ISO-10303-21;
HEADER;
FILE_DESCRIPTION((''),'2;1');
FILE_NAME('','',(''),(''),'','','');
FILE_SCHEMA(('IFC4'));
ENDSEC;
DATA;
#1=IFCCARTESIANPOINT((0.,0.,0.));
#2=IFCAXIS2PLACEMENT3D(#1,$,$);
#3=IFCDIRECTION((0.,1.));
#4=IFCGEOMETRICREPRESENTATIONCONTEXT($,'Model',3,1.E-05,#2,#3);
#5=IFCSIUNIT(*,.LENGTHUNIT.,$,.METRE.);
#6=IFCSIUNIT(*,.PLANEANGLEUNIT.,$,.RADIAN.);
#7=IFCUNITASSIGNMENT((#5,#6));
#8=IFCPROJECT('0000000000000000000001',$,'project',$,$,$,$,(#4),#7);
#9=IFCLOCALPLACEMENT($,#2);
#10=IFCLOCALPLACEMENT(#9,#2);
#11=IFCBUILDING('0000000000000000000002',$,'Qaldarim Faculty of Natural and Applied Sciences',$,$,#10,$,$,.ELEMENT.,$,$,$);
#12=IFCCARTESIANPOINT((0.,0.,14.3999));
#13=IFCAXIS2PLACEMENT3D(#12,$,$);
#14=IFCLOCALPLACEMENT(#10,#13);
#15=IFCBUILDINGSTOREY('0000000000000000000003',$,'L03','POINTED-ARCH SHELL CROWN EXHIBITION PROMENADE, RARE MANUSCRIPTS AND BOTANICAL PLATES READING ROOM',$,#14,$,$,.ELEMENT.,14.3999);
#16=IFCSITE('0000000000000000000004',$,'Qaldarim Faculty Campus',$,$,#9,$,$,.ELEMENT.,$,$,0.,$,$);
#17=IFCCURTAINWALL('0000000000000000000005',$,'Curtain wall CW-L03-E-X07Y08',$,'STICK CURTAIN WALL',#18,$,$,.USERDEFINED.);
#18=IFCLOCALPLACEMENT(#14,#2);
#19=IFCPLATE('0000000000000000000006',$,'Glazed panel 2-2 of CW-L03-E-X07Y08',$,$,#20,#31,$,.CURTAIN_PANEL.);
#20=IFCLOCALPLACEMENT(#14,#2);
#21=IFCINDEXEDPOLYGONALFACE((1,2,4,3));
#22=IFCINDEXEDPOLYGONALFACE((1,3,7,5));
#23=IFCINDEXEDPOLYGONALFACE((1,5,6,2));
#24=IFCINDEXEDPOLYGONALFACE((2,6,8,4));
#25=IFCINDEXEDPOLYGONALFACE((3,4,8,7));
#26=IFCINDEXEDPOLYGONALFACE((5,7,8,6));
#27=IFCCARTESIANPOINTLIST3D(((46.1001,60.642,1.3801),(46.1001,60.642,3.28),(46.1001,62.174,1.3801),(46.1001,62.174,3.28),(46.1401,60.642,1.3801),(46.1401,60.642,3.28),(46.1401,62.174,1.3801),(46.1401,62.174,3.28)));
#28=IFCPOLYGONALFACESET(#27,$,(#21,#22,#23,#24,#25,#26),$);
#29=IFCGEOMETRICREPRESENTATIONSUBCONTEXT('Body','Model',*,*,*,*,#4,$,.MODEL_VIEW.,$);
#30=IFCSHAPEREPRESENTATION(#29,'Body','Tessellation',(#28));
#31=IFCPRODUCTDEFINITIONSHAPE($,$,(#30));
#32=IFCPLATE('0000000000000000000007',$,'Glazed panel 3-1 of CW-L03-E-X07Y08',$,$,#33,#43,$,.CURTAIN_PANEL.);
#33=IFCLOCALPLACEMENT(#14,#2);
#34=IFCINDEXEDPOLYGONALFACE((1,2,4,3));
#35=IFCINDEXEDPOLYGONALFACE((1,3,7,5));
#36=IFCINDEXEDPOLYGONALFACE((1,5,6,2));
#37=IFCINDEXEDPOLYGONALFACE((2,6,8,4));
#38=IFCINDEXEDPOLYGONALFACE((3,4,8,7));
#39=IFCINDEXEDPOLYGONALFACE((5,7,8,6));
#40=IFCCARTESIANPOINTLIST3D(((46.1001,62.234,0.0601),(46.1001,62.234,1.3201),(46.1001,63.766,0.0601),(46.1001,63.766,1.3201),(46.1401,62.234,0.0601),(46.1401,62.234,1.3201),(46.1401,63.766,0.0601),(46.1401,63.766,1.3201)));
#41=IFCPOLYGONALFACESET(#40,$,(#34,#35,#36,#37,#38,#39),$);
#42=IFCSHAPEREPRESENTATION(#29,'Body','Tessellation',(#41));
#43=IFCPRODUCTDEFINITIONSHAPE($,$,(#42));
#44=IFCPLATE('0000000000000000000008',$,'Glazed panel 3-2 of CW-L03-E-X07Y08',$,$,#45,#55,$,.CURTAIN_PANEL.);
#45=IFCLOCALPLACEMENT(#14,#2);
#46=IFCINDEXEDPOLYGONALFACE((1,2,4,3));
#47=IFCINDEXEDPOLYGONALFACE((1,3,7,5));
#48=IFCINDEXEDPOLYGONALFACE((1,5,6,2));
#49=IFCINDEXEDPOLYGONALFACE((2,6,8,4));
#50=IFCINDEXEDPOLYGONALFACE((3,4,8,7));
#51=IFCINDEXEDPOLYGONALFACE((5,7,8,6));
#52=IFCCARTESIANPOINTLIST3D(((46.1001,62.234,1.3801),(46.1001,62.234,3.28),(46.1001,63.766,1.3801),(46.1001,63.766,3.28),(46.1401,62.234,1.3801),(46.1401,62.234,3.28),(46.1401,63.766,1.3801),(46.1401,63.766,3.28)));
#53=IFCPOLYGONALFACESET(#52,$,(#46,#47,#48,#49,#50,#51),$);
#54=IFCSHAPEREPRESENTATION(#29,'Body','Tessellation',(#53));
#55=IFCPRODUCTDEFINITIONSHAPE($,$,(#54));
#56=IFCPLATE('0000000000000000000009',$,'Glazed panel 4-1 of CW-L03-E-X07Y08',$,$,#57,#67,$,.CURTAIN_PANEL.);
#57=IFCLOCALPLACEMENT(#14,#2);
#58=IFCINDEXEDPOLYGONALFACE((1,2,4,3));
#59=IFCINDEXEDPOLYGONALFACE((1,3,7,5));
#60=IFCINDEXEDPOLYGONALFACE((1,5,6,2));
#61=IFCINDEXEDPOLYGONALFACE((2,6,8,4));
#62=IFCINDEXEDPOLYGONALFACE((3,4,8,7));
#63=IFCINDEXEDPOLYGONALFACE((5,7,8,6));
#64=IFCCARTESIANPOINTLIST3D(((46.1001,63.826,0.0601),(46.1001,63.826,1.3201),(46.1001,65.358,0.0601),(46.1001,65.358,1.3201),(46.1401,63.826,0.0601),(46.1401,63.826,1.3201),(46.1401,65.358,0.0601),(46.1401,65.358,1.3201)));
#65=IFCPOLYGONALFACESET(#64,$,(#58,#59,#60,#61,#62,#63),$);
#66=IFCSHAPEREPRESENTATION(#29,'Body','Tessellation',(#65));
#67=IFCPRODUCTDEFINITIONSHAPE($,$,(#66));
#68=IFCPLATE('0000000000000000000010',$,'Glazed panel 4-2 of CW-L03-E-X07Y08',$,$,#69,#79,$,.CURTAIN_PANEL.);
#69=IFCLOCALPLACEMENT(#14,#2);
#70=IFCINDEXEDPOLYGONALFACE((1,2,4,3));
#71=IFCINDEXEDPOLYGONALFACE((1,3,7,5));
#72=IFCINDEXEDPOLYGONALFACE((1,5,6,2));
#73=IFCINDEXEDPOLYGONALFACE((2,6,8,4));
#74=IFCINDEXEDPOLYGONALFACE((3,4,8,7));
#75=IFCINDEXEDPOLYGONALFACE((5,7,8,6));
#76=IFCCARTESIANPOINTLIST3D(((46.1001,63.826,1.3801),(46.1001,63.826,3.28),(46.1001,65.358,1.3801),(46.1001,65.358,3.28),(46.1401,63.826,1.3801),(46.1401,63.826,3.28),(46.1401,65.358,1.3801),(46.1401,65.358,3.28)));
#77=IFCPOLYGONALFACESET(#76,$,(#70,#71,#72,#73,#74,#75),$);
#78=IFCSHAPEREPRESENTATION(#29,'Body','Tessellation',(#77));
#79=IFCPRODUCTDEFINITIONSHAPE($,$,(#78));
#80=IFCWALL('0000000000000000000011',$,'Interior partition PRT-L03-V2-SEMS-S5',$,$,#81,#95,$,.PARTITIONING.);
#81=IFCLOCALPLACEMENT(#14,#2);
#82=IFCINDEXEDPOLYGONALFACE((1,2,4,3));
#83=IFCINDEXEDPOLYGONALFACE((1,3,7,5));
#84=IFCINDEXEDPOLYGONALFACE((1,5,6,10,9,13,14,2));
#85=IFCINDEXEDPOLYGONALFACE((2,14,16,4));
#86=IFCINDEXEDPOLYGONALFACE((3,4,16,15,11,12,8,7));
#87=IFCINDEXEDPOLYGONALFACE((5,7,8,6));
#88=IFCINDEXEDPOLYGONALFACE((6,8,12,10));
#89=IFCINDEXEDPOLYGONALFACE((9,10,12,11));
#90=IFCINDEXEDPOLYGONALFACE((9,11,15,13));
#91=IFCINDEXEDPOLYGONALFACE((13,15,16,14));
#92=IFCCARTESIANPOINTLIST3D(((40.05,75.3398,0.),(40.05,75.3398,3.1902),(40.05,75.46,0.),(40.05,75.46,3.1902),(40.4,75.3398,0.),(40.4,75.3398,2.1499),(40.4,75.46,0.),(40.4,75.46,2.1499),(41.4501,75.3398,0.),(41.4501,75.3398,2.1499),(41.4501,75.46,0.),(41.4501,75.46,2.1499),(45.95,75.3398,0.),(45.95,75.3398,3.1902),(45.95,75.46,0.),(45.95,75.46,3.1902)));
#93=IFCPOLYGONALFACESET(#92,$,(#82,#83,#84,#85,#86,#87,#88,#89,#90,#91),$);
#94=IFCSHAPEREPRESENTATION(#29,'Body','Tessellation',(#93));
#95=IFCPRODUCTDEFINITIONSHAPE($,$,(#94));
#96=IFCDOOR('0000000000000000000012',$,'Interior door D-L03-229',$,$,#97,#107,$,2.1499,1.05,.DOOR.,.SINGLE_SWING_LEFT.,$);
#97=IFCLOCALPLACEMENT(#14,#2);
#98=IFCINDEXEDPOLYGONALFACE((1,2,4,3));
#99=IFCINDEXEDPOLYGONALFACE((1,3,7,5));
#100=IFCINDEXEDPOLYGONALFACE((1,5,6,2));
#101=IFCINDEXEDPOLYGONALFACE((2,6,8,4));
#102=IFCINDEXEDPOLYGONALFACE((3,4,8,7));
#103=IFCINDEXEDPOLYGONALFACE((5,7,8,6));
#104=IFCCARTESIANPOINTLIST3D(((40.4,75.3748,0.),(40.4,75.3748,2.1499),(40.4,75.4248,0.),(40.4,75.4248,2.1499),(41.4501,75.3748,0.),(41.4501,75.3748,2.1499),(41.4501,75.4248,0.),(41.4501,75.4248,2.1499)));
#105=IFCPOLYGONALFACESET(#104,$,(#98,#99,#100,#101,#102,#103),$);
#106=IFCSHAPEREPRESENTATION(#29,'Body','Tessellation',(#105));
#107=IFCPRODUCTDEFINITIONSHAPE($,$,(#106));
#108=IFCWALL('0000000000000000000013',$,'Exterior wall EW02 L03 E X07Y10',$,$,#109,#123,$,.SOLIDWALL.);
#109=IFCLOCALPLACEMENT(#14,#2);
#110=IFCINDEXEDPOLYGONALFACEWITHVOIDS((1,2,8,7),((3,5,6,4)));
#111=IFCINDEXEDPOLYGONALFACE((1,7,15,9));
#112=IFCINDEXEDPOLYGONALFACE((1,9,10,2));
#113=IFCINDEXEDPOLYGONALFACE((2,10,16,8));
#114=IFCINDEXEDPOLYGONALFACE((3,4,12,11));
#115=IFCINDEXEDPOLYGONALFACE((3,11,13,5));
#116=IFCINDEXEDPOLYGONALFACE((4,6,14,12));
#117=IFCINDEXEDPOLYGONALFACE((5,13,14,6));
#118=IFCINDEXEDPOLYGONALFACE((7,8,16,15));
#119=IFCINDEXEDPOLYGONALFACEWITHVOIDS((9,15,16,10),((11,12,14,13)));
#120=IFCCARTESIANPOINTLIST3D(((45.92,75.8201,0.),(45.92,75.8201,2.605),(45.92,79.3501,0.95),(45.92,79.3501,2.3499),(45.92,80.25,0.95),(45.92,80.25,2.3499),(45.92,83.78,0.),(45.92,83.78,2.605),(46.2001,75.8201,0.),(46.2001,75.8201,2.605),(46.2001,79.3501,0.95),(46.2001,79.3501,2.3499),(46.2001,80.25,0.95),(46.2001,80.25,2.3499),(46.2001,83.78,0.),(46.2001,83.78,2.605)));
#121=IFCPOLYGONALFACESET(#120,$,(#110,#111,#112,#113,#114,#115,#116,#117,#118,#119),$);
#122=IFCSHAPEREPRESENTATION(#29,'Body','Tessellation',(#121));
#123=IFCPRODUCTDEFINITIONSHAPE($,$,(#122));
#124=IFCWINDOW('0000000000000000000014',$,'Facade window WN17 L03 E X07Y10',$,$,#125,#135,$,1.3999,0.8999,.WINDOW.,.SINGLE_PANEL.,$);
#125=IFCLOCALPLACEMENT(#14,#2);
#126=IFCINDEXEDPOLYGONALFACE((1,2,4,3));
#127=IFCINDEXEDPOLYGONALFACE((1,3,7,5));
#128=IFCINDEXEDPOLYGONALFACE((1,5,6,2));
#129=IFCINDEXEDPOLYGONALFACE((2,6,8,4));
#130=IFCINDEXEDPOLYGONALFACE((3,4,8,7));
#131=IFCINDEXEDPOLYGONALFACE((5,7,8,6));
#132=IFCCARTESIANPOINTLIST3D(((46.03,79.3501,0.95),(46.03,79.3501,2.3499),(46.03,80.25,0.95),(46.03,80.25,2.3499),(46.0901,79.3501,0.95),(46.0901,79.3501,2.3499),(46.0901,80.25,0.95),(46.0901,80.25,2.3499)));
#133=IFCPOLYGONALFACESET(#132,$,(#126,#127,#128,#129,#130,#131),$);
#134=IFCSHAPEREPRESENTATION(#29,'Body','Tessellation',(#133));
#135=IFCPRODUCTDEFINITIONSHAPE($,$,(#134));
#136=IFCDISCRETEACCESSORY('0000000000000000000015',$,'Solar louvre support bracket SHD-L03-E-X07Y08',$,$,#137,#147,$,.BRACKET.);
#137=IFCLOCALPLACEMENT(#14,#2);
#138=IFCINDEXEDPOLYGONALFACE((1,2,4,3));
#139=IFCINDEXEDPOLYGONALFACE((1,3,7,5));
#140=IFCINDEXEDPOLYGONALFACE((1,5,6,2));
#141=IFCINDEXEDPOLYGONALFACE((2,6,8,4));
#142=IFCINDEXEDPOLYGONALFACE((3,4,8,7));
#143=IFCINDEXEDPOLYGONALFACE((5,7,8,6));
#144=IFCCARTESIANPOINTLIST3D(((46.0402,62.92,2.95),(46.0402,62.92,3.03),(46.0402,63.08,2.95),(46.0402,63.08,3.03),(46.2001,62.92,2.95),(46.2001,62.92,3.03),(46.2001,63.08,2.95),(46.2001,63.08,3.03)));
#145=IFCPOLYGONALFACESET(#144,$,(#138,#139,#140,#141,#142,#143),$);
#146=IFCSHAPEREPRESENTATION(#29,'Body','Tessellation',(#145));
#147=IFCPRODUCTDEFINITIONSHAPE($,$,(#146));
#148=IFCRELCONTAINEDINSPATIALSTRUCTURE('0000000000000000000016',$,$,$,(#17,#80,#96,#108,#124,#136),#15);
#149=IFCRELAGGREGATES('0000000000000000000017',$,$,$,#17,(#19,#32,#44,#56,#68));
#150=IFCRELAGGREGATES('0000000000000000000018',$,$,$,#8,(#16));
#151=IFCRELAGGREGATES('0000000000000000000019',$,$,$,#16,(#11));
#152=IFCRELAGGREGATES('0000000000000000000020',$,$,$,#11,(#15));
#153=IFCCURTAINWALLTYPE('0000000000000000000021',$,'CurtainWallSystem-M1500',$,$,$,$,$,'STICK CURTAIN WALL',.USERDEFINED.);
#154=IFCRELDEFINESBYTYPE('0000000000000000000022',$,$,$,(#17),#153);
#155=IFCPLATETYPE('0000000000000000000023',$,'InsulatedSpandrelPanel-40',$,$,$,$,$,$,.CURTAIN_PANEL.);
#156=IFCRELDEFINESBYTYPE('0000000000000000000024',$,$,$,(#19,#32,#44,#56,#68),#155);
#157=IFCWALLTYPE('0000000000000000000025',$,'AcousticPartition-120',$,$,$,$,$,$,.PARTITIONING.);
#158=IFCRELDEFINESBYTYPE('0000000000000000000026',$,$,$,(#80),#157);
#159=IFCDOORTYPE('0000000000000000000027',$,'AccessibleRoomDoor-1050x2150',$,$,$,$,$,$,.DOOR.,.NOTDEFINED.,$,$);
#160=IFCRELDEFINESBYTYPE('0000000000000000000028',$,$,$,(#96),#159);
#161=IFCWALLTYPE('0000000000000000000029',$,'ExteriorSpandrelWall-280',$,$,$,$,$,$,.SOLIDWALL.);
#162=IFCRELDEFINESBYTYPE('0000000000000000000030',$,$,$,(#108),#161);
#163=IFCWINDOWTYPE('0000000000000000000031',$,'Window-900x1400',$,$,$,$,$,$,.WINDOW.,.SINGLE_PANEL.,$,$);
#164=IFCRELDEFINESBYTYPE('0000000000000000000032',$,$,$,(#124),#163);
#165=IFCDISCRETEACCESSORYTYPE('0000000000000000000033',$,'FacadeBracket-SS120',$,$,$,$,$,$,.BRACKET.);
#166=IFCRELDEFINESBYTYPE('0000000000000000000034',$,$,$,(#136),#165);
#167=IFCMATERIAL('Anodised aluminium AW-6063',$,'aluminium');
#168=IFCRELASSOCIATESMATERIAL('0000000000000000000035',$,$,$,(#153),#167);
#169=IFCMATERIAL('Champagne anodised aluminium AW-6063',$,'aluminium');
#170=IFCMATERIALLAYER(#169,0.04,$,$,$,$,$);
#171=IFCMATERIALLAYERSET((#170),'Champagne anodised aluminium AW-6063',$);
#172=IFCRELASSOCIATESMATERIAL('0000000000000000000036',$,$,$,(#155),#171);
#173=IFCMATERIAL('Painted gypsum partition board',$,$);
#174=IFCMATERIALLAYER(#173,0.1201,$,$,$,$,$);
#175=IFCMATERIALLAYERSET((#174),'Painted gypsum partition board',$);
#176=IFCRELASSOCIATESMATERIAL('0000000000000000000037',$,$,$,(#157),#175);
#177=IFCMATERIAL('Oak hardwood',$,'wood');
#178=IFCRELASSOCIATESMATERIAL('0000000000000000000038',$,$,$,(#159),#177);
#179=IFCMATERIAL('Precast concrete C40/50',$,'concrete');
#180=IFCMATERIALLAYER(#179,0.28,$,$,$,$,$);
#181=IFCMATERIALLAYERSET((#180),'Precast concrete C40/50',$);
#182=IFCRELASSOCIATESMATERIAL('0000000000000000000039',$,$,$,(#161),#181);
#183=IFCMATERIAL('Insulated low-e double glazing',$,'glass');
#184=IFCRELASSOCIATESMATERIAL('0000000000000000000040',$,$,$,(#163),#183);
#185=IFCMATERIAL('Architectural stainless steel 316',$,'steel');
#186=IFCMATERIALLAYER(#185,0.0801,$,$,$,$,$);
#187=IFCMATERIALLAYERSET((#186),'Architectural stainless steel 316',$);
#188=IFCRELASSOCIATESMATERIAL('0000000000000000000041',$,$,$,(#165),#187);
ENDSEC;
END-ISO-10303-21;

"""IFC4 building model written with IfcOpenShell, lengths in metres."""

from ifc_helpers import new_model, si_unit, direction, frame, frame_2d, origin, origin_2d, place, context, subcontext, project, spatial, rectangle, extrude, material, layer, layer_set, type_object, element, fill, aggregate, save


model = new_model("IFC4")

# Units and contexts
model_context = context("Model", 3, precision=1e-05, world=origin(), true_north=direction((0.0, 1.0)))
body_context = subcontext(model_context, "Body", "Model", "MODEL_VIEW")
ifc_project = project(units=[si_unit("LENGTHUNIT", "METRE"), si_unit("PLANEANGLEUNIT", "RADIAN")], contexts=[model_context])

# Site, building, storey
site_placement = place(None, origin())
site = spatial("IfcSite", under=ifc_project, at=site_placement, Name="Qaldarim Faculty Campus", CompositionType="ELEMENT", RefElevation=0.0)
building_placement = place(site_placement, origin())
building = spatial("IfcBuilding", under=site, at=building_placement, Name="Qaldarim Faculty of Natural and Applied Sciences", CompositionType="ELEMENT")
storey_placement = place(building_placement, frame((0.0, 0.0, 14.3999)))
storey = spatial("IfcBuildingStorey", under=building, at=storey_placement, Name="L03", Description="POINTED-ARCH SHELL CROWN EXHIBITION PROMENADE, RARE MANUSCRIPTS AND BOTANICAL PLATES READING ROOM", CompositionType="ELEMENT", Elevation=14.3999)

# Curtain wall
ifc_material_1 = material(Name="Anodised aluminium AW-6063", Category="aluminium")
curtain_wall_type = type_object("IfcCurtainWallType", Name="CurtainWallSystem-M1500", ElementType="STICK CURTAIN WALL", PredefinedType="USERDEFINED", material=ifc_material_1)
curtain_wall_placement = place(storey_placement, origin())
curtain_wall = element("IfcCurtainWall", 1, at=curtain_wall_placement, inside=storey, type_object=curtain_wall_type, Name="Curtain wall CW-L03-E-X07Y08", ObjectType="STICK CURTAIN WALL", PredefinedType="USERDEFINED")

# Plates
ifc_material_2 = material(Name="Champagne anodised aluminium AW-6063", Category="aluminium")
ifc_layer_1 = layer(ifc_material_2, 0.04)
ifc_layer_set_1 = layer_set([ifc_layer_1], Name="Champagne anodised aluminium AW-6063")
plate_type = type_object("IfcPlateType", Name="InsulatedSpandrelPanel-40", PredefinedType="CURTAIN_PANEL", material=ifc_layer_set_1)
plate_1_placement = place(storey_placement, frame((46.1201, 61.408, 1.3801), z_axis=(0.0, 0.0, 1.0), x_axis=(0.0, 1.0, 0.0)))
plate_1 = element("IfcPlate", 2, at=plate_1_placement, type_object=plate_type, Name="Glazed panel 2-2 of CW-L03-E-X07Y08", PredefinedType="CURTAIN_PANEL", context=body_context, shape_type="SweptSolid", body=[
    extrude(rectangle(XDim=1.532, YDim=0.04, at=origin_2d()), origin(), (0.0, 0.0, 1.0), 1.8999),
])
plate_2_placement = place(storey_placement, frame((46.1201, 63.0, 0.0601), z_axis=(0.0, 0.0, 1.0), x_axis=(0.0, 1.0, 0.0)))
plate_2 = element("IfcPlate", 3, at=plate_2_placement, type_object=plate_type, Name="Glazed panel 3-1 of CW-L03-E-X07Y08", PredefinedType="CURTAIN_PANEL", context=body_context, shape_type="SweptSolid", body=[
    extrude(rectangle(XDim=1.532, YDim=0.04, at=origin_2d()), origin(), (0.0, 0.0, 1.0), 1.26),
])
plate_3_placement = place(storey_placement, frame((46.1201, 63.0, 1.3801), z_axis=(0.0, 0.0, 1.0), x_axis=(0.0, 1.0, 0.0)))
plate_3 = element("IfcPlate", 4, at=plate_3_placement, type_object=plate_type, Name="Glazed panel 3-2 of CW-L03-E-X07Y08", PredefinedType="CURTAIN_PANEL", context=body_context, shape_type="SweptSolid", body=[
    extrude(rectangle(XDim=1.532, YDim=0.04, at=origin_2d()), origin(), (0.0, 0.0, 1.0), 1.8999),
])
plate_4_placement = place(storey_placement, frame((46.1201, 64.592, 0.0601), z_axis=(0.0, 0.0, 1.0), x_axis=(0.0, 1.0, 0.0)))
plate_4 = element("IfcPlate", 5, at=plate_4_placement, type_object=plate_type, Name="Glazed panel 4-1 of CW-L03-E-X07Y08", PredefinedType="CURTAIN_PANEL", context=body_context, shape_type="SweptSolid", body=[
    extrude(rectangle(XDim=1.532, YDim=0.04, at=origin_2d()), origin(), (0.0, 0.0, 1.0), 1.26),
])
plate_5_placement = place(storey_placement, frame((46.1201, 64.592, 1.3801), z_axis=(0.0, 0.0, 1.0), x_axis=(0.0, 1.0, 0.0)))
plate_5 = element("IfcPlate", 6, at=plate_5_placement, type_object=plate_type, Name="Glazed panel 4-2 of CW-L03-E-X07Y08", PredefinedType="CURTAIN_PANEL", context=body_context, shape_type="SweptSolid", body=[
    extrude(rectangle(XDim=1.532, YDim=0.04, at=origin_2d()), origin(), (0.0, 0.0, 1.0), 1.8999),
])
aggregate(curtain_wall, [plate_1, plate_2, plate_3, plate_4, plate_5])

# Wall, opening, door
ifc_material_3 = material(Name="Painted gypsum partition board")
ifc_layer_2 = layer(ifc_material_3, 0.1201)
ifc_layer_set_2 = layer_set([ifc_layer_2], Name="Painted gypsum partition board")
wall_type_1 = type_object("IfcWallType", Name="AcousticPartition-120", PredefinedType="PARTITIONING", material=ifc_layer_set_2)
wall_1_placement = place(storey_placement, frame((40.05, 75.3999, 0.0), z_axis=(0.0, 0.0, 1.0), x_axis=(1.0, 0.0, 0.0)))
wall_1 = element("IfcWall", 7, at=wall_1_placement, inside=storey, type_object=wall_type_1, Name="Interior partition PRT-L03-V2-SEMS-S5", PredefinedType="PARTITIONING", context=body_context, shape_type="SweptSolid", body=[
    extrude(rectangle(XDim=5.8999, YDim=0.1201, at=frame_2d((2.95, 0.0))), origin(), (0.0, 0.0, 1.0), 3.1902),
])
opening_1_placement = place(wall_1_placement, frame((0.3501, 0.0, 0.0)))
opening_1 = element("IfcOpeningElement", 8, at=opening_1_placement, cuts=wall_1, PredefinedType="OPENING", context=body_context, shape_type="SweptSolid", body=[
    extrude(rectangle(XDim=1.05, YDim=2.1499, at=frame_2d((0.5249, 1.075))), frame((0.0, 0.0701, 0.0), z_axis=(0.0, -1.0, 0.0), x_axis=(1.0, 0.0, 0.0)), (0.0, 0.0, 1.0), 0.1401),
])
ifc_material_4 = material(Name="Oak hardwood", Category="wood")
door_type = type_object("IfcDoorType", Name="AccessibleRoomDoor-1050x2150", OperationType="NOTDEFINED", PredefinedType="DOOR", material=ifc_material_4)
door_placement = place(opening_1_placement, origin())
door = element("IfcDoor", 9, at=door_placement, inside=storey, type_object=door_type, Name="Interior door D-L03-229", OperationType="SINGLE_SWING_LEFT", OverallHeight=2.1499, OverallWidth=1.05, PredefinedType="DOOR", context=body_context, shape_type="SweptSolid", body=[
    extrude(rectangle(XDim=1.05, YDim=2.1499, at=frame_2d((0.5249, 1.075))), frame((0.0, 0.0249, 0.0), z_axis=(0.0, -1.0, 0.0), x_axis=(1.0, 0.0, 0.0)), (0.0, 0.0, 1.0), 0.05),
])
fill(opening_1, door)

# Wall, opening, window
ifc_material_5 = material(Name="Precast concrete C40/50", Category="concrete")
ifc_layer_3 = layer(ifc_material_5, 0.28)
ifc_layer_set_3 = layer_set([ifc_layer_3], Name="Precast concrete C40/50")
wall_type_2 = type_object("IfcWallType", Name="ExteriorSpandrelWall-280", PredefinedType="SOLIDWALL", material=ifc_layer_set_3)
wall_2_placement = place(storey_placement, frame((46.0601, 75.8201, 0.0), z_axis=(0.0, 0.0, 1.0), x_axis=(0.0, 1.0, 0.0)))
wall_2 = element("IfcWall", 10, at=wall_2_placement, inside=storey, type_object=wall_type_2, Name="Exterior wall EW02 L03 E X07Y10", PredefinedType="SOLIDWALL", context=body_context, shape_type="SweptSolid", body=[
    extrude(rectangle(XDim=7.96, YDim=0.28, at=frame_2d((3.98, 0.0))), origin(), (0.0, 0.0, 1.0), 2.605),
])
opening_2_placement = place(wall_2_placement, frame((3.53, 0.0, 0.95)))
opening_2 = element("IfcOpeningElement", 11, at=opening_2_placement, cuts=wall_2, PredefinedType="OPENING", context=body_context, shape_type="SweptSolid", body=[
    extrude(rectangle(XDim=0.8999, YDim=1.3999, at=frame_2d((0.45, 0.7))), frame((0.0, 0.1499, 0.0), z_axis=(0.0, -1.0, 0.0), x_axis=(1.0, 0.0, 0.0)), (0.0, 0.0, 1.0), 0.3),
])
ifc_material_6 = material(Name="Insulated low-e double glazing", Category="glass")
window_type = type_object("IfcWindowType", Name="Window-900x1400", PartitioningType="SINGLE_PANEL", PredefinedType="WINDOW", material=ifc_material_6)
window_placement = place(opening_2_placement, origin())
window = element("IfcWindow", 12, at=window_placement, inside=storey, type_object=window_type, Name="Facade window WN17 L03 E X07Y10", OverallHeight=1.3999, OverallWidth=0.8999, PartitioningType="SINGLE_PANEL", PredefinedType="WINDOW", context=body_context, shape_type="SweptSolid", body=[
    extrude(rectangle(XDim=0.8999, YDim=1.3999, at=frame_2d((0.45, 0.7))), frame((0.0, 0.03, 0.0), z_axis=(0.0, -1.0, 0.0), x_axis=(1.0, 0.0, 0.0)), (0.0, 0.0, 1.0), 0.0601),
])
fill(opening_2, window)

# Discrete accessory
ifc_material_7 = material(Name="Architectural stainless steel 316", Category="steel")
ifc_layer_4 = layer(ifc_material_7, 0.0801)
ifc_layer_set_4 = layer_set([ifc_layer_4], Name="Architectural stainless steel 316")
discrete_accessory_type = type_object("IfcDiscreteAccessoryType", Name="FacadeBracket-SS120", PredefinedType="BRACKET", material=ifc_layer_set_4)
discrete_accessory_placement = place(storey_placement, frame((46.1201, 63.0, 2.95), z_axis=(0.0, 0.0, 1.0), x_axis=(0.0, 1.0, 0.0)))
element("IfcDiscreteAccessory", 13, at=discrete_accessory_placement, inside=storey, type_object=discrete_accessory_type, Name="Solar louvre support bracket SHD-L03-E-X07Y08", PredefinedType="BRACKET", context=body_context, shape_type="SweptSolid", body=[
    extrude(rectangle(XDim=0.1599, YDim=0.1599, at=origin_2d()), origin(), (0.0, 0.0, 1.0), 0.0801),
])

save(model, "model.ifc")
